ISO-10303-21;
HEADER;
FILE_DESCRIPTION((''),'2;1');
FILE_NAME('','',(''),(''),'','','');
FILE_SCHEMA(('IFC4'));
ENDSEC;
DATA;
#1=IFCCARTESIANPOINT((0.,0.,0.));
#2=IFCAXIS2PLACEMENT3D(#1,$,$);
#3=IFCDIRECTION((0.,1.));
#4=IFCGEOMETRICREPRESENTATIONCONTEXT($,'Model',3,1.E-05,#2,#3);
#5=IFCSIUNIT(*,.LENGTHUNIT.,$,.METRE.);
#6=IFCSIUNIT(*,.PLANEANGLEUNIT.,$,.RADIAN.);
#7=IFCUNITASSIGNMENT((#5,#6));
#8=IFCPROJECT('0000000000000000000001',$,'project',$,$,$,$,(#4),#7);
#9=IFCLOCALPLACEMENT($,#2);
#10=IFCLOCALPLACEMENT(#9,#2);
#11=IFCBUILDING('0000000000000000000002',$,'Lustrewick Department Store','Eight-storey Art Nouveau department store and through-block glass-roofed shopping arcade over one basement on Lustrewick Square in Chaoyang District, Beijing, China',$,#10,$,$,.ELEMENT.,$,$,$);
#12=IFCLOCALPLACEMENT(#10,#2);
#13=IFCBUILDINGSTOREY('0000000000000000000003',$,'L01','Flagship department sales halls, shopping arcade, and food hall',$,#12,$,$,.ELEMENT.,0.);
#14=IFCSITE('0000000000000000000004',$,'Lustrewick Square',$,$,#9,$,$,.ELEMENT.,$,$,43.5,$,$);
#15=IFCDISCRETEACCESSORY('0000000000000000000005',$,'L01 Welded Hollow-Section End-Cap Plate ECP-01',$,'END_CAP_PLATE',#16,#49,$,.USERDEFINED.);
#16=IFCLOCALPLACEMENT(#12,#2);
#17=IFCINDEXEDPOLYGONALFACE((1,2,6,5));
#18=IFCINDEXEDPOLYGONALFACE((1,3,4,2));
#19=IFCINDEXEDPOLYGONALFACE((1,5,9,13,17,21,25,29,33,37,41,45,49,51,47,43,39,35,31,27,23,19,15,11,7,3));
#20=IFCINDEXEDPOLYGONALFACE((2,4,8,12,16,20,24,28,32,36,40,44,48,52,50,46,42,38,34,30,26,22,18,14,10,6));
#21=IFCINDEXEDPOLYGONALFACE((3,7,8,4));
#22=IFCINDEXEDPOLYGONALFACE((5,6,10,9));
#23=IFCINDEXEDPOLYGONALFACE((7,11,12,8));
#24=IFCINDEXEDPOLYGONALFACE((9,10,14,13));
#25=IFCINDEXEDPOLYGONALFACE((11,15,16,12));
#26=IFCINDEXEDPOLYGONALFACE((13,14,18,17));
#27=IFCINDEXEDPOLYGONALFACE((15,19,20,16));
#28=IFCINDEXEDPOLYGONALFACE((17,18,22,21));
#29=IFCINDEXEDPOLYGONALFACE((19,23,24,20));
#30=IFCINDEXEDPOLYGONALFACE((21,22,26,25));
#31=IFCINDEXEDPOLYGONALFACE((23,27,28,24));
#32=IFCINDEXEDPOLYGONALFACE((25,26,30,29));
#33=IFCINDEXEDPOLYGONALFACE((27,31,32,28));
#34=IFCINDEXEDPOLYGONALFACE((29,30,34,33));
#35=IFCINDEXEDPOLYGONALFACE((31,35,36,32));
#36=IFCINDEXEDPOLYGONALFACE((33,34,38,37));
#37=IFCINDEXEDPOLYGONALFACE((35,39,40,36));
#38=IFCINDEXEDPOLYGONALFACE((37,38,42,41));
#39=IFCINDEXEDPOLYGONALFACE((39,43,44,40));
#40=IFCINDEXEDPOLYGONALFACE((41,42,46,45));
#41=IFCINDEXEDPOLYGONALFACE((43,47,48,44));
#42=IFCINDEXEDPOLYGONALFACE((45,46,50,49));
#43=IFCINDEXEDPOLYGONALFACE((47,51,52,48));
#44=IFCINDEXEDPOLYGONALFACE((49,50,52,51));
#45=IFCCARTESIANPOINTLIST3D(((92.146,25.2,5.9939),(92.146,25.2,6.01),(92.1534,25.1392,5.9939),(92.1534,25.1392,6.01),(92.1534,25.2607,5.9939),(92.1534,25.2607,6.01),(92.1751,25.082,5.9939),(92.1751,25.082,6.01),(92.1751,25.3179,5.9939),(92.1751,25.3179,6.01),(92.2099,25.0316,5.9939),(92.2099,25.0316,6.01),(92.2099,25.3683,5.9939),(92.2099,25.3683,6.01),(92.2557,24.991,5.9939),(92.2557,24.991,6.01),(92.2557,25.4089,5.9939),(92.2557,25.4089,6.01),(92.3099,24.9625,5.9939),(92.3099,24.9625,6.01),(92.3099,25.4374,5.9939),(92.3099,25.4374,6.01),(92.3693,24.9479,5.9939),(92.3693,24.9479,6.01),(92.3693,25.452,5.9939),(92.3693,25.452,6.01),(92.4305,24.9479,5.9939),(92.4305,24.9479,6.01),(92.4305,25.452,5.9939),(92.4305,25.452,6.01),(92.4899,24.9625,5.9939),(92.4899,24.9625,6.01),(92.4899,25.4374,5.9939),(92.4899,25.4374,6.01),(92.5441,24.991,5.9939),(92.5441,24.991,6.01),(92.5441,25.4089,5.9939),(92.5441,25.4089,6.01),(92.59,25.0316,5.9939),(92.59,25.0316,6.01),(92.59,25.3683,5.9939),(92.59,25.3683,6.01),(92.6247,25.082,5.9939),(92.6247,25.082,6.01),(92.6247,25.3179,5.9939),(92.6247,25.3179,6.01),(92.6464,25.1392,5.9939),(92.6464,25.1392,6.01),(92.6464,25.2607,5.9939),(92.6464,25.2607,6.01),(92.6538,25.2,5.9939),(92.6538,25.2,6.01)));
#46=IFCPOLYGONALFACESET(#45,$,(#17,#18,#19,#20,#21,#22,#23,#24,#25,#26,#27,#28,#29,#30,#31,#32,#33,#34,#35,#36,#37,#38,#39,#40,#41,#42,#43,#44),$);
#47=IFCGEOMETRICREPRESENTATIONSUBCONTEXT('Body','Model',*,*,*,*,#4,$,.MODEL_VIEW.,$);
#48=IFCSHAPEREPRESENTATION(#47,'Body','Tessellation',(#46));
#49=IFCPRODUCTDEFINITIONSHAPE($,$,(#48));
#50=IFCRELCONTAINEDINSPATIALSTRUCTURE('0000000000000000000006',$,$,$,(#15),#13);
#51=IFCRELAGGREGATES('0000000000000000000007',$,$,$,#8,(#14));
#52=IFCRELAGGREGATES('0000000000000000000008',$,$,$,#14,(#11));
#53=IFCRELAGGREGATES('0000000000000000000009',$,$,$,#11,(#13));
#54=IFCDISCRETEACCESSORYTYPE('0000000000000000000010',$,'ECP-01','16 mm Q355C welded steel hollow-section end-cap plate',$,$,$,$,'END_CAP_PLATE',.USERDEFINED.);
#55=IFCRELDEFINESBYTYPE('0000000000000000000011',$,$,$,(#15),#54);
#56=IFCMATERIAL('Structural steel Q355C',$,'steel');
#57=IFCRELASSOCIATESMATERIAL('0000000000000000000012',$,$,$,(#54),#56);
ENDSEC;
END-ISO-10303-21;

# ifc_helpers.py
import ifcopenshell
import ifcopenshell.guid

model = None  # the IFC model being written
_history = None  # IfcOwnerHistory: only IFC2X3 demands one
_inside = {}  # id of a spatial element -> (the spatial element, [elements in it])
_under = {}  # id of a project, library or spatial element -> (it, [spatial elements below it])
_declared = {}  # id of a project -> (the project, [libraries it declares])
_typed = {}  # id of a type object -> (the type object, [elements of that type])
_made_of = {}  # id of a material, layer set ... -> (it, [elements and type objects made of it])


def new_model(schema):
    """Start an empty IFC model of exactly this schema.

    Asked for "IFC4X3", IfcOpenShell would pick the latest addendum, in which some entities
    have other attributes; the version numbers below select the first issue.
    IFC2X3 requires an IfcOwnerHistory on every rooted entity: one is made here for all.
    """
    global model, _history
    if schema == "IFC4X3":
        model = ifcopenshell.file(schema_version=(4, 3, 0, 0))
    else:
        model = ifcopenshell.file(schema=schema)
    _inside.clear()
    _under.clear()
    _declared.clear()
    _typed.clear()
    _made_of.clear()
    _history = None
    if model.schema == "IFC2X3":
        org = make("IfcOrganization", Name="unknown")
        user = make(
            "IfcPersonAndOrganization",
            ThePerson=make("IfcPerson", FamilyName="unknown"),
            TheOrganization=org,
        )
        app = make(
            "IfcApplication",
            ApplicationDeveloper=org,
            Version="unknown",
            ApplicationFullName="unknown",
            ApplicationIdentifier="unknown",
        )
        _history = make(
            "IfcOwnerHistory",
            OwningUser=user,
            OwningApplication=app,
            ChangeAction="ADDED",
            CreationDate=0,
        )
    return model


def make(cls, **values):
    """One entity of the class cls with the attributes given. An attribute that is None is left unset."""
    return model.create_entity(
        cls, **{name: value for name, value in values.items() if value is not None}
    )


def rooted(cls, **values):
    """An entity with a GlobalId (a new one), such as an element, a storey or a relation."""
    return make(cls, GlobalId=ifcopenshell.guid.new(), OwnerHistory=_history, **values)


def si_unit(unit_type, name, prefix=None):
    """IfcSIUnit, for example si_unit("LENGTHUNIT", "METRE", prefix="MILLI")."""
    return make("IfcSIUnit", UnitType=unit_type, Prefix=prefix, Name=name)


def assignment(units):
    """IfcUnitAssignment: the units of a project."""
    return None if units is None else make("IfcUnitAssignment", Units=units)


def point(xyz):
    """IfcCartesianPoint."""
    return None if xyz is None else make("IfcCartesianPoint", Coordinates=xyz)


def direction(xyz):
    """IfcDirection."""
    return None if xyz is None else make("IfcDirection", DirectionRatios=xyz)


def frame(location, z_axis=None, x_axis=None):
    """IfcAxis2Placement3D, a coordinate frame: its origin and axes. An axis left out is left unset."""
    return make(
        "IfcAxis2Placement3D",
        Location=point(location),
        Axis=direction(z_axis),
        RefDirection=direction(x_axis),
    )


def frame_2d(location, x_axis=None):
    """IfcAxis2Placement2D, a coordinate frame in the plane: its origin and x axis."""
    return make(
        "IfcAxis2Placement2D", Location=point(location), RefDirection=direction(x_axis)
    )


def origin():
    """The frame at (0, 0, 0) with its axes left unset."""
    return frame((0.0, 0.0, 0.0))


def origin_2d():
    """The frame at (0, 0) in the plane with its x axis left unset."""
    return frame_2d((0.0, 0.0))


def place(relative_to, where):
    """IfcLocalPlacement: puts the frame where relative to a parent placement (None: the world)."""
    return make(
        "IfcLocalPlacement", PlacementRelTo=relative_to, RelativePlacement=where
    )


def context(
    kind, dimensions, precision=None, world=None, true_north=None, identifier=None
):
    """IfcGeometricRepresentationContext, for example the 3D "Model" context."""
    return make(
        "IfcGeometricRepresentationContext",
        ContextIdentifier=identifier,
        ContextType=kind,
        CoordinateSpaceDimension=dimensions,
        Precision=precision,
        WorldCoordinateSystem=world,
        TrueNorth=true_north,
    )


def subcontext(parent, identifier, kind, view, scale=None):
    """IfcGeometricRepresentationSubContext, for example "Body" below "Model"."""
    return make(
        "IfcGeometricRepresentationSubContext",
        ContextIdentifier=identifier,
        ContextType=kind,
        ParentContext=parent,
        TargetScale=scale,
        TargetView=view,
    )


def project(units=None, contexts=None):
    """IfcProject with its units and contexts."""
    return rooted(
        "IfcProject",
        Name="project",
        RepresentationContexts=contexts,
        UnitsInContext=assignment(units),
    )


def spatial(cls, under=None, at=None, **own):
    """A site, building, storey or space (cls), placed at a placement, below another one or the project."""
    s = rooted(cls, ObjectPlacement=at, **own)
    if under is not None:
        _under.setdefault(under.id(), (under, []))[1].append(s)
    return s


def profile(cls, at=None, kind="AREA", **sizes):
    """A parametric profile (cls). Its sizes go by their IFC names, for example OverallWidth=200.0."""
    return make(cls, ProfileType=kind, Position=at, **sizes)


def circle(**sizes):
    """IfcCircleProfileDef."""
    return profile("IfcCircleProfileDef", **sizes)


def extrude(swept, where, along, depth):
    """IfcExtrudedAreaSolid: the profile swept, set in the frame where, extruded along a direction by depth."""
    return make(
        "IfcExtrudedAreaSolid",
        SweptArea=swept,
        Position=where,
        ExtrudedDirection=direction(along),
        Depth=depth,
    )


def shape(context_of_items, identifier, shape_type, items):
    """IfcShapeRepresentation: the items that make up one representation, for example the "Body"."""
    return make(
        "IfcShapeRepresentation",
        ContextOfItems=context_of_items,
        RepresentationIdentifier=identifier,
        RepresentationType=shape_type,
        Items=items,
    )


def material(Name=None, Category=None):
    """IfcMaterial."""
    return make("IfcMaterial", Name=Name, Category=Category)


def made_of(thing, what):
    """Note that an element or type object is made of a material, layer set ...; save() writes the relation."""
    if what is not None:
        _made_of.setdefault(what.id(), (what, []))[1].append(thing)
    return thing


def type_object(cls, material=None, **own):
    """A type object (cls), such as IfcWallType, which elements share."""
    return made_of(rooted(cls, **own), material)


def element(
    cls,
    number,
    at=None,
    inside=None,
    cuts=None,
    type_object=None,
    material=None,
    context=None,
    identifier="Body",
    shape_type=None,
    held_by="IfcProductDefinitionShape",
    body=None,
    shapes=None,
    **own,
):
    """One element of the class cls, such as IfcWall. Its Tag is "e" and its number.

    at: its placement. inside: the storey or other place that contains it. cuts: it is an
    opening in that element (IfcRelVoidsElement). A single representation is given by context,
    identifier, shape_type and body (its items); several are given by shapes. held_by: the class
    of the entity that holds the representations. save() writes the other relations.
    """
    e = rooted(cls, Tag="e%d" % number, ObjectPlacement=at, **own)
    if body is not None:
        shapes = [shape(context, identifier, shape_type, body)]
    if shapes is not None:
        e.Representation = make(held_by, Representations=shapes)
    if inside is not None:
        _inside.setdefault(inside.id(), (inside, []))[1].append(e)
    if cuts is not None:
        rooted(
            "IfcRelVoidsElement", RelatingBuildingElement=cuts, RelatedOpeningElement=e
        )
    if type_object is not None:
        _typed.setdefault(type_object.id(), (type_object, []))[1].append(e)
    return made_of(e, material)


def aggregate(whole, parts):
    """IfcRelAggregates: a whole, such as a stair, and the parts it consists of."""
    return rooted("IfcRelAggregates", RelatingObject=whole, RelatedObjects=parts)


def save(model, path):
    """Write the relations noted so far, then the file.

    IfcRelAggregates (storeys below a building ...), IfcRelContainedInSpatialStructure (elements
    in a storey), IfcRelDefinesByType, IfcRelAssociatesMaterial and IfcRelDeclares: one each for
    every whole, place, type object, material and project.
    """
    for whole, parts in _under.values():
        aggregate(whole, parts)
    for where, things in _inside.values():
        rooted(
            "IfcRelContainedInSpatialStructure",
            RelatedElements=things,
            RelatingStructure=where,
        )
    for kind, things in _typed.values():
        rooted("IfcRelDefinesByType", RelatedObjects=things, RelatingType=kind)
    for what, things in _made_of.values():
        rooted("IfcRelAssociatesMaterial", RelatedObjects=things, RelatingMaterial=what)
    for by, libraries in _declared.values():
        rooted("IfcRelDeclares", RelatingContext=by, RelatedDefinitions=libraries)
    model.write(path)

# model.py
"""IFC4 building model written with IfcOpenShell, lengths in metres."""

from ifc_helpers import new_model, si_unit, direction, frame, origin, origin_2d, place, context, subcontext, project, spatial, circle, extrude, material, type_object, element, save


model = new_model("IFC4")

# Units and contexts
model_context = context("Model", 3, precision=1e-05, world=origin(), true_north=direction((0.0, 1.0)))
body_context = subcontext(model_context, "Body", "Model", "MODEL_VIEW")
ifc_project = project(units=[si_unit("LENGTHUNIT", "METRE"), si_unit("PLANEANGLEUNIT", "RADIAN")], contexts=[model_context])

# Site, building, storey
site_placement = place(None, origin())
site = spatial("IfcSite", under=ifc_project, at=site_placement, Name="Lustrewick Square", CompositionType="ELEMENT", RefElevation=43.5)
building_placement = place(site_placement, origin())
building = spatial("IfcBuilding", under=site, at=building_placement, Name="Lustrewick Department Store", Description="Eight-storey Art Nouveau department store and through-block glass-roofed shopping arcade over one basement on Lustrewick Square in Chaoyang District, Beijing, China", CompositionType="ELEMENT")
storey_placement = place(building_placement, origin())
storey = spatial("IfcBuildingStorey", under=building, at=storey_placement, Name="L01", Description="Flagship department sales halls, shopping arcade, and food hall", CompositionType="ELEMENT", Elevation=0.0)

# Shared definitions
ifc_material_1 = material(Name="Structural steel Q355C", Category="steel")

# Discrete accessory
discrete_accessory_type = type_object("IfcDiscreteAccessoryType", Name="ECP-01", Description="16 mm Q355C welded steel hollow-section end-cap plate", ElementType="END_CAP_PLATE", PredefinedType="USERDEFINED", material=ifc_material_1)
for number, where, z_axis, x_axis, name in (
    (1, (92.3999, 25.2, 5.9939), (0.0, 0.0, 1.0), (1.0, 0.0, 0.0), "L01 Welded Hollow-Section End-Cap Plate ECP-01"),
):
    element("IfcDiscreteAccessory", number, at=place(storey_placement, frame(where, z_axis=z_axis, x_axis=x_axis)), inside=storey, type_object=discrete_accessory_type, Name=name, ObjectType="END_CAP_PLATE", PredefinedType="USERDEFINED", context=body_context, shape_type="SweptSolid", body=[
        extrude(circle(Radius=0.2539, at=origin_2d()), origin(), (0.0, 0.0, 1.0), 0.0161),
    ])

save(model, "model.ifc")
